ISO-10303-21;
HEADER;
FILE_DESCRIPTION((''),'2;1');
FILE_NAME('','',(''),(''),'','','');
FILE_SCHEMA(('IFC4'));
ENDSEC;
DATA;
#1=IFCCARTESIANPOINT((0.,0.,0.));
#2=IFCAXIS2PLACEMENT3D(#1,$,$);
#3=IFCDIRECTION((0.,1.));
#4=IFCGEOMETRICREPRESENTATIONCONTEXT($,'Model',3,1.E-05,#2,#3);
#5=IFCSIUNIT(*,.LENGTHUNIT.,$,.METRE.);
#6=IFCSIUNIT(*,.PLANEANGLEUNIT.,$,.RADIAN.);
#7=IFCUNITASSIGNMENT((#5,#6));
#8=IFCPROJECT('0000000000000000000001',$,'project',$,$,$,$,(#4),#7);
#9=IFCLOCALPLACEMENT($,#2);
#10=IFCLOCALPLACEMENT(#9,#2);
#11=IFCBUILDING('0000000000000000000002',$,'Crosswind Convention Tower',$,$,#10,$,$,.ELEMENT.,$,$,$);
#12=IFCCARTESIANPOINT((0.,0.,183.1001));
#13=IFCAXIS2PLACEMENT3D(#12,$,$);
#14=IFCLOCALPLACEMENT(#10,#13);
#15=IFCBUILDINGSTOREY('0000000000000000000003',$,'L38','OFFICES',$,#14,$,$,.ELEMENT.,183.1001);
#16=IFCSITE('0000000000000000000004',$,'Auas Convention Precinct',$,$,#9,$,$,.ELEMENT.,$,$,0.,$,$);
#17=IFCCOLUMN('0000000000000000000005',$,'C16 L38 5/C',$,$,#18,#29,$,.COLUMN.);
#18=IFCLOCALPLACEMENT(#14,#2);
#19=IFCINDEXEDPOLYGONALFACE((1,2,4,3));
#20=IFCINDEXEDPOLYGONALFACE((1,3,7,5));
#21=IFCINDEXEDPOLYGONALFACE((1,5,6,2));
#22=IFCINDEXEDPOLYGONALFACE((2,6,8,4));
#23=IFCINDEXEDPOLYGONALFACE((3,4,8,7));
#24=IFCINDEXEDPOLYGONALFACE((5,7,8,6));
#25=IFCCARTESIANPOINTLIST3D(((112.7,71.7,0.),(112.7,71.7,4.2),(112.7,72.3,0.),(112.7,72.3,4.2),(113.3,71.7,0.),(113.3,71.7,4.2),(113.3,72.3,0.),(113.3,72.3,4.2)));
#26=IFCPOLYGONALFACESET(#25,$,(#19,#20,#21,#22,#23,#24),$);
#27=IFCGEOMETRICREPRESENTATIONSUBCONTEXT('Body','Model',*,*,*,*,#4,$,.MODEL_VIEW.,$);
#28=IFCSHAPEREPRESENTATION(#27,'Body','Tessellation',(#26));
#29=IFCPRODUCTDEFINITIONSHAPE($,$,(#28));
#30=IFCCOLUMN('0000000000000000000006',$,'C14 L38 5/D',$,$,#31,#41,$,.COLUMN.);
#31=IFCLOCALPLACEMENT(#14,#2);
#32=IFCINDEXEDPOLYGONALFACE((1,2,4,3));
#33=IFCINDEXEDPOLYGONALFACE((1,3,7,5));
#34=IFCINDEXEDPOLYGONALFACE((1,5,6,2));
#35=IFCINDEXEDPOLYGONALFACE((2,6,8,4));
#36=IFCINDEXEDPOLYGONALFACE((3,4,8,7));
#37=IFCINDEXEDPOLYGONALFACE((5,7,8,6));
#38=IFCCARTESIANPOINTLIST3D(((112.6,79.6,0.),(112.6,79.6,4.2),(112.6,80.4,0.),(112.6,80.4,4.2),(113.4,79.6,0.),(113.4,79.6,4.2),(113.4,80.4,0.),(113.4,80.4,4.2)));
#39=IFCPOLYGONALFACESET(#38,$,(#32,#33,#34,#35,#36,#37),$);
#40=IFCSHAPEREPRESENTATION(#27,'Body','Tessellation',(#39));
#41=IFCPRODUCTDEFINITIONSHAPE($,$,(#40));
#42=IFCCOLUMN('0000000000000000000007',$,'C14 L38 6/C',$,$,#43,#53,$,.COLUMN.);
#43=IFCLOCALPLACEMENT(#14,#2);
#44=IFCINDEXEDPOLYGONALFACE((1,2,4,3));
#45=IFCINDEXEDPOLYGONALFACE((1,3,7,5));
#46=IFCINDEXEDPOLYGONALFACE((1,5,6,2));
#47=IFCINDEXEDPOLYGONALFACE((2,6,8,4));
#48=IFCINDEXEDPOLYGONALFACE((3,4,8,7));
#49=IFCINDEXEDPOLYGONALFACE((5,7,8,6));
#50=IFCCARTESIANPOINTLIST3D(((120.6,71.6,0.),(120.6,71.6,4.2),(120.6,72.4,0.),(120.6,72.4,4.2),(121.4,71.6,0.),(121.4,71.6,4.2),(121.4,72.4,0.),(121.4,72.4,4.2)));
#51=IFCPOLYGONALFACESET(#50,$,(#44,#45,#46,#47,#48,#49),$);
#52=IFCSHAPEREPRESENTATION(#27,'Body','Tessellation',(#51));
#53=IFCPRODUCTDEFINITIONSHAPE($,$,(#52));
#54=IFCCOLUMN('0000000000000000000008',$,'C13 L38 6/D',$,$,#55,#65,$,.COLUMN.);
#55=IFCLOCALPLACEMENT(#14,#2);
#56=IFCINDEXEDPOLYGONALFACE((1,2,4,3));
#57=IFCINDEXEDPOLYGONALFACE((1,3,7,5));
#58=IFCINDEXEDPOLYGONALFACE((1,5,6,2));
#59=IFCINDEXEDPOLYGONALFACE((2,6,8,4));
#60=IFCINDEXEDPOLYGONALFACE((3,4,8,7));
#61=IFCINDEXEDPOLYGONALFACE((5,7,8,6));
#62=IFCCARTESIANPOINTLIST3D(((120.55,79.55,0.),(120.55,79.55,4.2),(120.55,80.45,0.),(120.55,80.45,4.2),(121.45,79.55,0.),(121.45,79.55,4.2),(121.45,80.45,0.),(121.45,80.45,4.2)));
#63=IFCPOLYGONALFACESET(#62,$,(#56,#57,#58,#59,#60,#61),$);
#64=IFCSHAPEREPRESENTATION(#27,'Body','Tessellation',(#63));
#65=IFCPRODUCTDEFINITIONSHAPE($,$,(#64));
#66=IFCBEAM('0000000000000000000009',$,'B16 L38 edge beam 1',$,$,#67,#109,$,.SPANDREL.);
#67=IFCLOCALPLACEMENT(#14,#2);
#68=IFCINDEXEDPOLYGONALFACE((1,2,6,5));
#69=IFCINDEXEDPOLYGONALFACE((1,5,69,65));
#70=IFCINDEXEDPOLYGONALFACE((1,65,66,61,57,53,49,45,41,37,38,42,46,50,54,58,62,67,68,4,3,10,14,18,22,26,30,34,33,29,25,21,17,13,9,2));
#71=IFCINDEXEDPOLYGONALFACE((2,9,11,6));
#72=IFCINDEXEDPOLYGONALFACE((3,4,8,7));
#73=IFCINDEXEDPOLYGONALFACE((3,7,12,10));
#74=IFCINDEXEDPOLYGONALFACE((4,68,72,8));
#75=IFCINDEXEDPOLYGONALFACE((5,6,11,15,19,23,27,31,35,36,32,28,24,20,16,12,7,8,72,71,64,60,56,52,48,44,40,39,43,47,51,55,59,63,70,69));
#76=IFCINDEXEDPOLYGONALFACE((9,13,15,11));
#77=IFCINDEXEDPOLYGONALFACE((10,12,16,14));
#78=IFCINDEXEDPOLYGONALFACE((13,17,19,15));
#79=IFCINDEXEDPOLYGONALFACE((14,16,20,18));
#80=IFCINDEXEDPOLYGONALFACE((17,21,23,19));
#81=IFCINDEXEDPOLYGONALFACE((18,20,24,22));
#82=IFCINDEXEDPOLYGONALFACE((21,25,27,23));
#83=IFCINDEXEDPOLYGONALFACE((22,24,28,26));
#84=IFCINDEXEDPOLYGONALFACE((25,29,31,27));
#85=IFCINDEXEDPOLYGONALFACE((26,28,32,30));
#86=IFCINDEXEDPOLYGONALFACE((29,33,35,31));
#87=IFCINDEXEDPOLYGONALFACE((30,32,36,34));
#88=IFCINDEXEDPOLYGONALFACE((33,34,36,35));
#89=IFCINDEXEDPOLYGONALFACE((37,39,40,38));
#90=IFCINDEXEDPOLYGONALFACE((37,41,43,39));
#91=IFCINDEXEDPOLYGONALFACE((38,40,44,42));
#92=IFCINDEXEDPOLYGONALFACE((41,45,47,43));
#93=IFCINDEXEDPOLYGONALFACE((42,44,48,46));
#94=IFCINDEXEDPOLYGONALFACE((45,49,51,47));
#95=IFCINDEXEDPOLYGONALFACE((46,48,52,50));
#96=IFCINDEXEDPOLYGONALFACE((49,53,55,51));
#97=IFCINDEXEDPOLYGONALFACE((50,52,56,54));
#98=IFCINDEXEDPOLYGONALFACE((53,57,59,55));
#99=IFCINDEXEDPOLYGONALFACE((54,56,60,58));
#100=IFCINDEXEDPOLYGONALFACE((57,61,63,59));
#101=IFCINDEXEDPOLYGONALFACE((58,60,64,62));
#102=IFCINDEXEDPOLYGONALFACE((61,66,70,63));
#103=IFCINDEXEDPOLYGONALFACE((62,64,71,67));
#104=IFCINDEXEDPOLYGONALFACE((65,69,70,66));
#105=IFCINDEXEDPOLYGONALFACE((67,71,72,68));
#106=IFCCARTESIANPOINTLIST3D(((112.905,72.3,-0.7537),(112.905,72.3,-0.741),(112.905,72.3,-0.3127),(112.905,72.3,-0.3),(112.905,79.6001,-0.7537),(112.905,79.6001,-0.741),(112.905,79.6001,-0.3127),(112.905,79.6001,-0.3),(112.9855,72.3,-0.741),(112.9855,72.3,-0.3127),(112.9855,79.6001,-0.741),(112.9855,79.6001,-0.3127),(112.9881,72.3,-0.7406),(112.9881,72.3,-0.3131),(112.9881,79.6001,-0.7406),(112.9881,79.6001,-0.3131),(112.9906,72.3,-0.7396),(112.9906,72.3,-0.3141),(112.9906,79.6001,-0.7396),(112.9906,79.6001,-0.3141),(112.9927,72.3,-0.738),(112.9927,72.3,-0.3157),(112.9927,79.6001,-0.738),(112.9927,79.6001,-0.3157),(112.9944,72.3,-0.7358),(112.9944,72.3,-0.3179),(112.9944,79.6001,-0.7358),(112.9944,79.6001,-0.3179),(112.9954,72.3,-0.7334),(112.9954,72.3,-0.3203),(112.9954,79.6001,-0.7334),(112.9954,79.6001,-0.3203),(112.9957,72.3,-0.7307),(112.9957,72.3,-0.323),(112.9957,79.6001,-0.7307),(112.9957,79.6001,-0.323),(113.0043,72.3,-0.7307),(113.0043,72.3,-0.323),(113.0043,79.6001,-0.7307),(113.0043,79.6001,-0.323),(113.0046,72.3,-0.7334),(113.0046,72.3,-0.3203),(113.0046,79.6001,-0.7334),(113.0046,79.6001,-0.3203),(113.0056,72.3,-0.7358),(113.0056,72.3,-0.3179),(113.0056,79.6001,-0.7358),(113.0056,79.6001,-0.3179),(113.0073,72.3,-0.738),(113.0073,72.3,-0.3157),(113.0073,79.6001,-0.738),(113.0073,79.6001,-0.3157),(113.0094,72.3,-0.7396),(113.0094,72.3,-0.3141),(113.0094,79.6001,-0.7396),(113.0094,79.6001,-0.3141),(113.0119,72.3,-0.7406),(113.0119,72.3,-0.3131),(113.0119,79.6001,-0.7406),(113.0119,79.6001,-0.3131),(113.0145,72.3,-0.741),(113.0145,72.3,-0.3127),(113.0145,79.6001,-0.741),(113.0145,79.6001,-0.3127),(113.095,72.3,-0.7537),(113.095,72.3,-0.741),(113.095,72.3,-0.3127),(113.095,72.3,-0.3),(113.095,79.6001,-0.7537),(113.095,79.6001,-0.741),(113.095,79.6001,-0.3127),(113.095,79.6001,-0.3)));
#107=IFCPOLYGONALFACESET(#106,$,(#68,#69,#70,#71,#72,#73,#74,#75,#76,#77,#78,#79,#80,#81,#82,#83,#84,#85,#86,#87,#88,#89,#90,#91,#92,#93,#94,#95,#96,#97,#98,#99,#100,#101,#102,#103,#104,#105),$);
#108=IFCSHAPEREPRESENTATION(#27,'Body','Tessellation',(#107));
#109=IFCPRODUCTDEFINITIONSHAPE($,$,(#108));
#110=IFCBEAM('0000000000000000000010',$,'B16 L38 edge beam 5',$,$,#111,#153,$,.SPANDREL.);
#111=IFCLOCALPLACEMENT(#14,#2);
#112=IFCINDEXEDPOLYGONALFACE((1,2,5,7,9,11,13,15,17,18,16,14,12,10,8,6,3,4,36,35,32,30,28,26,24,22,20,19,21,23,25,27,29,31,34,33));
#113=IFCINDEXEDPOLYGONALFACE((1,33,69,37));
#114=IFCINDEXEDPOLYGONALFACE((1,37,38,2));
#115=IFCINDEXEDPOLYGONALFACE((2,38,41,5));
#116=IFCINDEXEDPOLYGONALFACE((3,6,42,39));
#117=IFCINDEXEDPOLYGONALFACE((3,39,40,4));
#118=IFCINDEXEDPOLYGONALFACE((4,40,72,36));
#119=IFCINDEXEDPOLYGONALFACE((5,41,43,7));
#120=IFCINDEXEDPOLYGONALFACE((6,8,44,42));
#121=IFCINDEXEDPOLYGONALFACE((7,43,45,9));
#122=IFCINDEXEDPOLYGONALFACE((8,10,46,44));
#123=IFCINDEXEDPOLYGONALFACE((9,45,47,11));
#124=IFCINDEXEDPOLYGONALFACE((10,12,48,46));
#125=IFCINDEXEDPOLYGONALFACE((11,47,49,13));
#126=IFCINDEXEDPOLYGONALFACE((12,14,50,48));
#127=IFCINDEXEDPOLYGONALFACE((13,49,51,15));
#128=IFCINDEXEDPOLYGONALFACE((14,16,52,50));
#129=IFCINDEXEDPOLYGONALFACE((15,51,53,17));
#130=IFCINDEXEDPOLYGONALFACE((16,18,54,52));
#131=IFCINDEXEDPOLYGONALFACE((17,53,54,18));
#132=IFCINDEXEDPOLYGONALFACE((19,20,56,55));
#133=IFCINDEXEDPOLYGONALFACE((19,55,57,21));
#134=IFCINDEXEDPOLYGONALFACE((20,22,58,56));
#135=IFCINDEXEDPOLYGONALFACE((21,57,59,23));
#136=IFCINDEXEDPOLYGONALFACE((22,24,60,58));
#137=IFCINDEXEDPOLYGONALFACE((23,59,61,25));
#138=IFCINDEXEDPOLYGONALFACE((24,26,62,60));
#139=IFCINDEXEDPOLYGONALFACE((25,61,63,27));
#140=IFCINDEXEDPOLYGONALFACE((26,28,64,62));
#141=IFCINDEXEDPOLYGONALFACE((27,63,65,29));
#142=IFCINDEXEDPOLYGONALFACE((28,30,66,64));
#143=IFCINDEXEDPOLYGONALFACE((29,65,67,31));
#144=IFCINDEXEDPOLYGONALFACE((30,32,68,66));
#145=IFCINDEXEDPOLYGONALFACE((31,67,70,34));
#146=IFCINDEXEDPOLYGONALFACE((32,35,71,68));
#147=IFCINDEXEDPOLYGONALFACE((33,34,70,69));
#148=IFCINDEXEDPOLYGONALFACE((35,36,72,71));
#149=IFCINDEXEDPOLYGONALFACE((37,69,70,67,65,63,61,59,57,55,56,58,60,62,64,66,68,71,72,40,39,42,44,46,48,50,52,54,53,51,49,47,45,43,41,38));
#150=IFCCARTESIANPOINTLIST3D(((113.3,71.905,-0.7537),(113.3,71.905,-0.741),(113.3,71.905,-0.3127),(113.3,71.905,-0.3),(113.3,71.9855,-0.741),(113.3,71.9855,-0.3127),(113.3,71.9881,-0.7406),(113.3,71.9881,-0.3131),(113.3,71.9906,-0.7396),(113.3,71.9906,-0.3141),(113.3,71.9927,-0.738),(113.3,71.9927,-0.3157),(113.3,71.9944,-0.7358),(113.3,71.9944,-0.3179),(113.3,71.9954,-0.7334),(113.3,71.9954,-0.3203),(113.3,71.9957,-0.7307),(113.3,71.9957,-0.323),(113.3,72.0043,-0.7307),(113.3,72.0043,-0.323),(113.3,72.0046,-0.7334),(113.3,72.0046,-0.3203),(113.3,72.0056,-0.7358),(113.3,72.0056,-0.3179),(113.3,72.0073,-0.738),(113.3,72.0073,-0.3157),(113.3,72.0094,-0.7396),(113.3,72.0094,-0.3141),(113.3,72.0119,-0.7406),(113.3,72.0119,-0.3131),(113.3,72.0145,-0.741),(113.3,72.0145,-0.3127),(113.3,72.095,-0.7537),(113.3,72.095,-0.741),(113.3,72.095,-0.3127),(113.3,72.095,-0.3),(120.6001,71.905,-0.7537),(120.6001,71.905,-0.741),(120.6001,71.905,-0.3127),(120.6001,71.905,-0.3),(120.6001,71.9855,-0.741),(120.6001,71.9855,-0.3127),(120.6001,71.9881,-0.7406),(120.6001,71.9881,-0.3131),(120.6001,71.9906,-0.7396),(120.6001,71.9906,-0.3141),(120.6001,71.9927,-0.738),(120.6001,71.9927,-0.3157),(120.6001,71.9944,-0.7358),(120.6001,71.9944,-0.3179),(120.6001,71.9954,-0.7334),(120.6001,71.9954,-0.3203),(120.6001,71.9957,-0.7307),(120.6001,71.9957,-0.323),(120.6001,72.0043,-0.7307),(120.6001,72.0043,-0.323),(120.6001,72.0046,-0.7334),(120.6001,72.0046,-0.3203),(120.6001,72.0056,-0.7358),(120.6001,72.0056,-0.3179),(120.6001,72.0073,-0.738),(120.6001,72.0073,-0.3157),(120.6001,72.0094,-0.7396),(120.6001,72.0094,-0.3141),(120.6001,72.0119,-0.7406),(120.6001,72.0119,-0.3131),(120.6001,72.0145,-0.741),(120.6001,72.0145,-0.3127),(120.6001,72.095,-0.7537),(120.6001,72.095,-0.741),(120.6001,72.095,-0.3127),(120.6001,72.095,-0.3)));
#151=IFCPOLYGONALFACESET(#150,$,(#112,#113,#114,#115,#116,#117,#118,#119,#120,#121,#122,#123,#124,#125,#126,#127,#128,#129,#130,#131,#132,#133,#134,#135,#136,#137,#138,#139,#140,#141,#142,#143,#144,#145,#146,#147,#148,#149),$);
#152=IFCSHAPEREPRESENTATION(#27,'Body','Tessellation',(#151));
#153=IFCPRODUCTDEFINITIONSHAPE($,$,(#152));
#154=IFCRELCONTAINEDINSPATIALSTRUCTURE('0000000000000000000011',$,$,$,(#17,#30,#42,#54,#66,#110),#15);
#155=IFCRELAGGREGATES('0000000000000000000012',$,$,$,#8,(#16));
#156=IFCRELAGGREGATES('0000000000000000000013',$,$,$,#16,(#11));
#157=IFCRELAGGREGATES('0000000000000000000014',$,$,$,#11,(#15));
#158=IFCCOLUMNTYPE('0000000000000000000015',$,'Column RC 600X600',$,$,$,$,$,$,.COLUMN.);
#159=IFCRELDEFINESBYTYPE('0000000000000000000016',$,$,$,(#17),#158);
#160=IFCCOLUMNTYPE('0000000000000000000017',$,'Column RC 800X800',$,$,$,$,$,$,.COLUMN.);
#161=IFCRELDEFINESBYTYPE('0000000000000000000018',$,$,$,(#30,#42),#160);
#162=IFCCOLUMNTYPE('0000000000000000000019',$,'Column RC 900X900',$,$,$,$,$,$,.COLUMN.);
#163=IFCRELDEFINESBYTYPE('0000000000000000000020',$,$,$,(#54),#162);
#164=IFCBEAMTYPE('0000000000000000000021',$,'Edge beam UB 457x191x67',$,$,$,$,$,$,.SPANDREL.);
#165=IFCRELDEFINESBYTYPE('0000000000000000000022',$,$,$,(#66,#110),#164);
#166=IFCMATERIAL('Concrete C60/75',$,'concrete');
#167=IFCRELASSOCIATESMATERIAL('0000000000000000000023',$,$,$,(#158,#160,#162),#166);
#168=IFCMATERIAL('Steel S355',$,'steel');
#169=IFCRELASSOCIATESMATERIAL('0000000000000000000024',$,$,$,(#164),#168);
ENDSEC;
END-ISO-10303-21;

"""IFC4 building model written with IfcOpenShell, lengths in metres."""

from ifc_helpers import new_model, si_unit, direction, frame, origin, origin_2d, place, context, subcontext, project, spatial, rectangle, i_section, extrude, material, material_profile, profile_set, type_object, element, save


model = new_model("IFC4")

# Units and contexts
model_context = context("Model", 3, precision=1e-05, world=origin(), true_north=direction((0.0, 1.0)))
body_context = subcontext(model_context, "Body", "Model", "MODEL_VIEW")
ifc_project = project(units=[si_unit("LENGTHUNIT", "METRE"), si_unit("PLANEANGLEUNIT", "RADIAN")], contexts=[model_context])

# Site, building, storey
site_placement = place(None, origin())
site = spatial("IfcSite", under=ifc_project, at=site_placement, Name="Auas Convention Precinct", CompositionType="ELEMENT", RefElevation=0.0)
building_placement = place(site_placement, origin())
building = spatial("IfcBuilding", under=site, at=building_placement, Name="Crosswind Convention Tower", CompositionType="ELEMENT")
storey_placement = place(building_placement, frame((0.0, 0.0, 183.1001)))
storey = spatial("IfcBuildingStorey", under=building, at=storey_placement, Name="L38", Description="OFFICES", CompositionType="ELEMENT", Elevation=183.1001)

# Columns
ifc_material_1 = material(Name="Concrete C60/75", Category="concrete")
ifc_material_profile_1 = material_profile(ifc_material_1, rectangle(XDim=0.6001, YDim=0.6001, at=origin_2d()), Name="RC 600X600")
ifc_profile_set_1 = profile_set([ifc_material_profile_1], Name="Concrete C60/75")
column_type_1 = type_object("IfcColumnType", Name="Column RC 600X600", PredefinedType="COLUMN", material=ifc_profile_set_1)
column_1_placement = place(storey_placement, frame((113.0, 72.0, 0.0), z_axis=(0.0, 0.0, 1.0), x_axis=(1.0, 0.0, 0.0)))
element("IfcColumn", 1, at=column_1_placement, inside=storey, type_object=column_type_1, Name="C16 L38 5/C", PredefinedType="COLUMN", context=body_context, shape_type="SweptSolid", body=[
    extrude(rectangle(XDim=0.6001, YDim=0.6001, at=origin_2d()), origin(), (0.0, 0.0, 1.0), 4.2),
])
ifc_material_profile_2 = material_profile(ifc_material_1, rectangle(XDim=0.8, YDim=0.8, at=origin_2d()), Name="RC 800X800")
ifc_profile_set_2 = profile_set([ifc_material_profile_2], Name="Concrete C60/75")
column_type_2 = type_object("IfcColumnType", Name="Column RC 800X800", PredefinedType="COLUMN", material=ifc_profile_set_2)
for number, where, z_axis, x_axis, name in (
    (2, (113.0, 80.0, 0.0), (0.0, 0.0, 1.0), (1.0, 0.0, 0.0), "C14 L38 5/D"),
    (3, (121.0, 72.0, 0.0), (0.0, 0.0, 1.0), (1.0, 0.0, 0.0), "C14 L38 6/C"),
):
    element("IfcColumn", number, at=place(storey_placement, frame(where, z_axis=z_axis, x_axis=x_axis)), inside=storey, type_object=column_type_2, Name=name, PredefinedType="COLUMN", context=body_context, shape_type="SweptSolid", body=[
        extrude(rectangle(XDim=0.8, YDim=0.8, at=origin_2d()), origin(), (0.0, 0.0, 1.0), 4.2),
    ])
ifc_material_profile_3 = material_profile(ifc_material_1, rectangle(XDim=0.8999, YDim=0.8999, at=origin_2d()), Name="RC 900X900")
ifc_profile_set_3 = profile_set([ifc_material_profile_3], Name="Concrete C60/75")
column_type_3 = type_object("IfcColumnType", Name="Column RC 900X900", PredefinedType="COLUMN", material=ifc_profile_set_3)
column_2_placement = place(storey_placement, frame((121.0, 80.0, 0.0), z_axis=(0.0, 0.0, 1.0), x_axis=(1.0, 0.0, 0.0)))
element("IfcColumn", 4, at=column_2_placement, inside=storey, type_object=column_type_3, Name="C13 L38 6/D", PredefinedType="COLUMN", context=body_context, shape_type="SweptSolid", body=[
    extrude(rectangle(XDim=0.8999, YDim=0.8999, at=origin_2d()), origin(), (0.0, 0.0, 1.0), 4.2),
])

# Beams
ifc_material_2 = material(Name="Steel S355", Category="steel")
ifc_material_profile_4 = material_profile(ifc_material_2, i_section(OverallWidth=0.1899, OverallDepth=0.4536, WebThickness=0.0085, FlangeThickness=0.0127, FilletRadius=0.0103, at=origin_2d()), Name="UB 457x191x67")
ifc_profile_set_4 = profile_set([ifc_material_profile_4], Name="Steel S355")
beam_type_1 = type_object("IfcBeamType", Name="Edge beam UB 457x191x67", PredefinedType="SPANDREL", material=ifc_profile_set_4)
for number, where, z_axis, x_axis, name in (
    (5, (113.0, 72.3, -0.5269), (0.0, 1.0, 0.0), (-1.0, 0.0, 0.0), "B16 L38 edge beam 1"),
    (6, (113.3, 72.0, -0.5269), (1.0, 0.0, 0.0), (0.0, 1.0, 0.0), "B16 L38 edge beam 5"),
):
    element("IfcBeam", number, at=place(storey_placement, frame(where, z_axis=z_axis, x_axis=x_axis)), inside=storey, type_object=beam_type_1, Name=name, PredefinedType="SPANDREL", context=body_context, shape_type="SweptSolid", body=[
        extrude(i_section(OverallWidth=0.1899, OverallDepth=0.4536, WebThickness=0.0085, FlangeThickness=0.0127, FilletRadius=0.0103, at=origin_2d()), origin(), (0.0, 0.0, 1.0), 7.3),
    ])

save(model, "model.ifc")
